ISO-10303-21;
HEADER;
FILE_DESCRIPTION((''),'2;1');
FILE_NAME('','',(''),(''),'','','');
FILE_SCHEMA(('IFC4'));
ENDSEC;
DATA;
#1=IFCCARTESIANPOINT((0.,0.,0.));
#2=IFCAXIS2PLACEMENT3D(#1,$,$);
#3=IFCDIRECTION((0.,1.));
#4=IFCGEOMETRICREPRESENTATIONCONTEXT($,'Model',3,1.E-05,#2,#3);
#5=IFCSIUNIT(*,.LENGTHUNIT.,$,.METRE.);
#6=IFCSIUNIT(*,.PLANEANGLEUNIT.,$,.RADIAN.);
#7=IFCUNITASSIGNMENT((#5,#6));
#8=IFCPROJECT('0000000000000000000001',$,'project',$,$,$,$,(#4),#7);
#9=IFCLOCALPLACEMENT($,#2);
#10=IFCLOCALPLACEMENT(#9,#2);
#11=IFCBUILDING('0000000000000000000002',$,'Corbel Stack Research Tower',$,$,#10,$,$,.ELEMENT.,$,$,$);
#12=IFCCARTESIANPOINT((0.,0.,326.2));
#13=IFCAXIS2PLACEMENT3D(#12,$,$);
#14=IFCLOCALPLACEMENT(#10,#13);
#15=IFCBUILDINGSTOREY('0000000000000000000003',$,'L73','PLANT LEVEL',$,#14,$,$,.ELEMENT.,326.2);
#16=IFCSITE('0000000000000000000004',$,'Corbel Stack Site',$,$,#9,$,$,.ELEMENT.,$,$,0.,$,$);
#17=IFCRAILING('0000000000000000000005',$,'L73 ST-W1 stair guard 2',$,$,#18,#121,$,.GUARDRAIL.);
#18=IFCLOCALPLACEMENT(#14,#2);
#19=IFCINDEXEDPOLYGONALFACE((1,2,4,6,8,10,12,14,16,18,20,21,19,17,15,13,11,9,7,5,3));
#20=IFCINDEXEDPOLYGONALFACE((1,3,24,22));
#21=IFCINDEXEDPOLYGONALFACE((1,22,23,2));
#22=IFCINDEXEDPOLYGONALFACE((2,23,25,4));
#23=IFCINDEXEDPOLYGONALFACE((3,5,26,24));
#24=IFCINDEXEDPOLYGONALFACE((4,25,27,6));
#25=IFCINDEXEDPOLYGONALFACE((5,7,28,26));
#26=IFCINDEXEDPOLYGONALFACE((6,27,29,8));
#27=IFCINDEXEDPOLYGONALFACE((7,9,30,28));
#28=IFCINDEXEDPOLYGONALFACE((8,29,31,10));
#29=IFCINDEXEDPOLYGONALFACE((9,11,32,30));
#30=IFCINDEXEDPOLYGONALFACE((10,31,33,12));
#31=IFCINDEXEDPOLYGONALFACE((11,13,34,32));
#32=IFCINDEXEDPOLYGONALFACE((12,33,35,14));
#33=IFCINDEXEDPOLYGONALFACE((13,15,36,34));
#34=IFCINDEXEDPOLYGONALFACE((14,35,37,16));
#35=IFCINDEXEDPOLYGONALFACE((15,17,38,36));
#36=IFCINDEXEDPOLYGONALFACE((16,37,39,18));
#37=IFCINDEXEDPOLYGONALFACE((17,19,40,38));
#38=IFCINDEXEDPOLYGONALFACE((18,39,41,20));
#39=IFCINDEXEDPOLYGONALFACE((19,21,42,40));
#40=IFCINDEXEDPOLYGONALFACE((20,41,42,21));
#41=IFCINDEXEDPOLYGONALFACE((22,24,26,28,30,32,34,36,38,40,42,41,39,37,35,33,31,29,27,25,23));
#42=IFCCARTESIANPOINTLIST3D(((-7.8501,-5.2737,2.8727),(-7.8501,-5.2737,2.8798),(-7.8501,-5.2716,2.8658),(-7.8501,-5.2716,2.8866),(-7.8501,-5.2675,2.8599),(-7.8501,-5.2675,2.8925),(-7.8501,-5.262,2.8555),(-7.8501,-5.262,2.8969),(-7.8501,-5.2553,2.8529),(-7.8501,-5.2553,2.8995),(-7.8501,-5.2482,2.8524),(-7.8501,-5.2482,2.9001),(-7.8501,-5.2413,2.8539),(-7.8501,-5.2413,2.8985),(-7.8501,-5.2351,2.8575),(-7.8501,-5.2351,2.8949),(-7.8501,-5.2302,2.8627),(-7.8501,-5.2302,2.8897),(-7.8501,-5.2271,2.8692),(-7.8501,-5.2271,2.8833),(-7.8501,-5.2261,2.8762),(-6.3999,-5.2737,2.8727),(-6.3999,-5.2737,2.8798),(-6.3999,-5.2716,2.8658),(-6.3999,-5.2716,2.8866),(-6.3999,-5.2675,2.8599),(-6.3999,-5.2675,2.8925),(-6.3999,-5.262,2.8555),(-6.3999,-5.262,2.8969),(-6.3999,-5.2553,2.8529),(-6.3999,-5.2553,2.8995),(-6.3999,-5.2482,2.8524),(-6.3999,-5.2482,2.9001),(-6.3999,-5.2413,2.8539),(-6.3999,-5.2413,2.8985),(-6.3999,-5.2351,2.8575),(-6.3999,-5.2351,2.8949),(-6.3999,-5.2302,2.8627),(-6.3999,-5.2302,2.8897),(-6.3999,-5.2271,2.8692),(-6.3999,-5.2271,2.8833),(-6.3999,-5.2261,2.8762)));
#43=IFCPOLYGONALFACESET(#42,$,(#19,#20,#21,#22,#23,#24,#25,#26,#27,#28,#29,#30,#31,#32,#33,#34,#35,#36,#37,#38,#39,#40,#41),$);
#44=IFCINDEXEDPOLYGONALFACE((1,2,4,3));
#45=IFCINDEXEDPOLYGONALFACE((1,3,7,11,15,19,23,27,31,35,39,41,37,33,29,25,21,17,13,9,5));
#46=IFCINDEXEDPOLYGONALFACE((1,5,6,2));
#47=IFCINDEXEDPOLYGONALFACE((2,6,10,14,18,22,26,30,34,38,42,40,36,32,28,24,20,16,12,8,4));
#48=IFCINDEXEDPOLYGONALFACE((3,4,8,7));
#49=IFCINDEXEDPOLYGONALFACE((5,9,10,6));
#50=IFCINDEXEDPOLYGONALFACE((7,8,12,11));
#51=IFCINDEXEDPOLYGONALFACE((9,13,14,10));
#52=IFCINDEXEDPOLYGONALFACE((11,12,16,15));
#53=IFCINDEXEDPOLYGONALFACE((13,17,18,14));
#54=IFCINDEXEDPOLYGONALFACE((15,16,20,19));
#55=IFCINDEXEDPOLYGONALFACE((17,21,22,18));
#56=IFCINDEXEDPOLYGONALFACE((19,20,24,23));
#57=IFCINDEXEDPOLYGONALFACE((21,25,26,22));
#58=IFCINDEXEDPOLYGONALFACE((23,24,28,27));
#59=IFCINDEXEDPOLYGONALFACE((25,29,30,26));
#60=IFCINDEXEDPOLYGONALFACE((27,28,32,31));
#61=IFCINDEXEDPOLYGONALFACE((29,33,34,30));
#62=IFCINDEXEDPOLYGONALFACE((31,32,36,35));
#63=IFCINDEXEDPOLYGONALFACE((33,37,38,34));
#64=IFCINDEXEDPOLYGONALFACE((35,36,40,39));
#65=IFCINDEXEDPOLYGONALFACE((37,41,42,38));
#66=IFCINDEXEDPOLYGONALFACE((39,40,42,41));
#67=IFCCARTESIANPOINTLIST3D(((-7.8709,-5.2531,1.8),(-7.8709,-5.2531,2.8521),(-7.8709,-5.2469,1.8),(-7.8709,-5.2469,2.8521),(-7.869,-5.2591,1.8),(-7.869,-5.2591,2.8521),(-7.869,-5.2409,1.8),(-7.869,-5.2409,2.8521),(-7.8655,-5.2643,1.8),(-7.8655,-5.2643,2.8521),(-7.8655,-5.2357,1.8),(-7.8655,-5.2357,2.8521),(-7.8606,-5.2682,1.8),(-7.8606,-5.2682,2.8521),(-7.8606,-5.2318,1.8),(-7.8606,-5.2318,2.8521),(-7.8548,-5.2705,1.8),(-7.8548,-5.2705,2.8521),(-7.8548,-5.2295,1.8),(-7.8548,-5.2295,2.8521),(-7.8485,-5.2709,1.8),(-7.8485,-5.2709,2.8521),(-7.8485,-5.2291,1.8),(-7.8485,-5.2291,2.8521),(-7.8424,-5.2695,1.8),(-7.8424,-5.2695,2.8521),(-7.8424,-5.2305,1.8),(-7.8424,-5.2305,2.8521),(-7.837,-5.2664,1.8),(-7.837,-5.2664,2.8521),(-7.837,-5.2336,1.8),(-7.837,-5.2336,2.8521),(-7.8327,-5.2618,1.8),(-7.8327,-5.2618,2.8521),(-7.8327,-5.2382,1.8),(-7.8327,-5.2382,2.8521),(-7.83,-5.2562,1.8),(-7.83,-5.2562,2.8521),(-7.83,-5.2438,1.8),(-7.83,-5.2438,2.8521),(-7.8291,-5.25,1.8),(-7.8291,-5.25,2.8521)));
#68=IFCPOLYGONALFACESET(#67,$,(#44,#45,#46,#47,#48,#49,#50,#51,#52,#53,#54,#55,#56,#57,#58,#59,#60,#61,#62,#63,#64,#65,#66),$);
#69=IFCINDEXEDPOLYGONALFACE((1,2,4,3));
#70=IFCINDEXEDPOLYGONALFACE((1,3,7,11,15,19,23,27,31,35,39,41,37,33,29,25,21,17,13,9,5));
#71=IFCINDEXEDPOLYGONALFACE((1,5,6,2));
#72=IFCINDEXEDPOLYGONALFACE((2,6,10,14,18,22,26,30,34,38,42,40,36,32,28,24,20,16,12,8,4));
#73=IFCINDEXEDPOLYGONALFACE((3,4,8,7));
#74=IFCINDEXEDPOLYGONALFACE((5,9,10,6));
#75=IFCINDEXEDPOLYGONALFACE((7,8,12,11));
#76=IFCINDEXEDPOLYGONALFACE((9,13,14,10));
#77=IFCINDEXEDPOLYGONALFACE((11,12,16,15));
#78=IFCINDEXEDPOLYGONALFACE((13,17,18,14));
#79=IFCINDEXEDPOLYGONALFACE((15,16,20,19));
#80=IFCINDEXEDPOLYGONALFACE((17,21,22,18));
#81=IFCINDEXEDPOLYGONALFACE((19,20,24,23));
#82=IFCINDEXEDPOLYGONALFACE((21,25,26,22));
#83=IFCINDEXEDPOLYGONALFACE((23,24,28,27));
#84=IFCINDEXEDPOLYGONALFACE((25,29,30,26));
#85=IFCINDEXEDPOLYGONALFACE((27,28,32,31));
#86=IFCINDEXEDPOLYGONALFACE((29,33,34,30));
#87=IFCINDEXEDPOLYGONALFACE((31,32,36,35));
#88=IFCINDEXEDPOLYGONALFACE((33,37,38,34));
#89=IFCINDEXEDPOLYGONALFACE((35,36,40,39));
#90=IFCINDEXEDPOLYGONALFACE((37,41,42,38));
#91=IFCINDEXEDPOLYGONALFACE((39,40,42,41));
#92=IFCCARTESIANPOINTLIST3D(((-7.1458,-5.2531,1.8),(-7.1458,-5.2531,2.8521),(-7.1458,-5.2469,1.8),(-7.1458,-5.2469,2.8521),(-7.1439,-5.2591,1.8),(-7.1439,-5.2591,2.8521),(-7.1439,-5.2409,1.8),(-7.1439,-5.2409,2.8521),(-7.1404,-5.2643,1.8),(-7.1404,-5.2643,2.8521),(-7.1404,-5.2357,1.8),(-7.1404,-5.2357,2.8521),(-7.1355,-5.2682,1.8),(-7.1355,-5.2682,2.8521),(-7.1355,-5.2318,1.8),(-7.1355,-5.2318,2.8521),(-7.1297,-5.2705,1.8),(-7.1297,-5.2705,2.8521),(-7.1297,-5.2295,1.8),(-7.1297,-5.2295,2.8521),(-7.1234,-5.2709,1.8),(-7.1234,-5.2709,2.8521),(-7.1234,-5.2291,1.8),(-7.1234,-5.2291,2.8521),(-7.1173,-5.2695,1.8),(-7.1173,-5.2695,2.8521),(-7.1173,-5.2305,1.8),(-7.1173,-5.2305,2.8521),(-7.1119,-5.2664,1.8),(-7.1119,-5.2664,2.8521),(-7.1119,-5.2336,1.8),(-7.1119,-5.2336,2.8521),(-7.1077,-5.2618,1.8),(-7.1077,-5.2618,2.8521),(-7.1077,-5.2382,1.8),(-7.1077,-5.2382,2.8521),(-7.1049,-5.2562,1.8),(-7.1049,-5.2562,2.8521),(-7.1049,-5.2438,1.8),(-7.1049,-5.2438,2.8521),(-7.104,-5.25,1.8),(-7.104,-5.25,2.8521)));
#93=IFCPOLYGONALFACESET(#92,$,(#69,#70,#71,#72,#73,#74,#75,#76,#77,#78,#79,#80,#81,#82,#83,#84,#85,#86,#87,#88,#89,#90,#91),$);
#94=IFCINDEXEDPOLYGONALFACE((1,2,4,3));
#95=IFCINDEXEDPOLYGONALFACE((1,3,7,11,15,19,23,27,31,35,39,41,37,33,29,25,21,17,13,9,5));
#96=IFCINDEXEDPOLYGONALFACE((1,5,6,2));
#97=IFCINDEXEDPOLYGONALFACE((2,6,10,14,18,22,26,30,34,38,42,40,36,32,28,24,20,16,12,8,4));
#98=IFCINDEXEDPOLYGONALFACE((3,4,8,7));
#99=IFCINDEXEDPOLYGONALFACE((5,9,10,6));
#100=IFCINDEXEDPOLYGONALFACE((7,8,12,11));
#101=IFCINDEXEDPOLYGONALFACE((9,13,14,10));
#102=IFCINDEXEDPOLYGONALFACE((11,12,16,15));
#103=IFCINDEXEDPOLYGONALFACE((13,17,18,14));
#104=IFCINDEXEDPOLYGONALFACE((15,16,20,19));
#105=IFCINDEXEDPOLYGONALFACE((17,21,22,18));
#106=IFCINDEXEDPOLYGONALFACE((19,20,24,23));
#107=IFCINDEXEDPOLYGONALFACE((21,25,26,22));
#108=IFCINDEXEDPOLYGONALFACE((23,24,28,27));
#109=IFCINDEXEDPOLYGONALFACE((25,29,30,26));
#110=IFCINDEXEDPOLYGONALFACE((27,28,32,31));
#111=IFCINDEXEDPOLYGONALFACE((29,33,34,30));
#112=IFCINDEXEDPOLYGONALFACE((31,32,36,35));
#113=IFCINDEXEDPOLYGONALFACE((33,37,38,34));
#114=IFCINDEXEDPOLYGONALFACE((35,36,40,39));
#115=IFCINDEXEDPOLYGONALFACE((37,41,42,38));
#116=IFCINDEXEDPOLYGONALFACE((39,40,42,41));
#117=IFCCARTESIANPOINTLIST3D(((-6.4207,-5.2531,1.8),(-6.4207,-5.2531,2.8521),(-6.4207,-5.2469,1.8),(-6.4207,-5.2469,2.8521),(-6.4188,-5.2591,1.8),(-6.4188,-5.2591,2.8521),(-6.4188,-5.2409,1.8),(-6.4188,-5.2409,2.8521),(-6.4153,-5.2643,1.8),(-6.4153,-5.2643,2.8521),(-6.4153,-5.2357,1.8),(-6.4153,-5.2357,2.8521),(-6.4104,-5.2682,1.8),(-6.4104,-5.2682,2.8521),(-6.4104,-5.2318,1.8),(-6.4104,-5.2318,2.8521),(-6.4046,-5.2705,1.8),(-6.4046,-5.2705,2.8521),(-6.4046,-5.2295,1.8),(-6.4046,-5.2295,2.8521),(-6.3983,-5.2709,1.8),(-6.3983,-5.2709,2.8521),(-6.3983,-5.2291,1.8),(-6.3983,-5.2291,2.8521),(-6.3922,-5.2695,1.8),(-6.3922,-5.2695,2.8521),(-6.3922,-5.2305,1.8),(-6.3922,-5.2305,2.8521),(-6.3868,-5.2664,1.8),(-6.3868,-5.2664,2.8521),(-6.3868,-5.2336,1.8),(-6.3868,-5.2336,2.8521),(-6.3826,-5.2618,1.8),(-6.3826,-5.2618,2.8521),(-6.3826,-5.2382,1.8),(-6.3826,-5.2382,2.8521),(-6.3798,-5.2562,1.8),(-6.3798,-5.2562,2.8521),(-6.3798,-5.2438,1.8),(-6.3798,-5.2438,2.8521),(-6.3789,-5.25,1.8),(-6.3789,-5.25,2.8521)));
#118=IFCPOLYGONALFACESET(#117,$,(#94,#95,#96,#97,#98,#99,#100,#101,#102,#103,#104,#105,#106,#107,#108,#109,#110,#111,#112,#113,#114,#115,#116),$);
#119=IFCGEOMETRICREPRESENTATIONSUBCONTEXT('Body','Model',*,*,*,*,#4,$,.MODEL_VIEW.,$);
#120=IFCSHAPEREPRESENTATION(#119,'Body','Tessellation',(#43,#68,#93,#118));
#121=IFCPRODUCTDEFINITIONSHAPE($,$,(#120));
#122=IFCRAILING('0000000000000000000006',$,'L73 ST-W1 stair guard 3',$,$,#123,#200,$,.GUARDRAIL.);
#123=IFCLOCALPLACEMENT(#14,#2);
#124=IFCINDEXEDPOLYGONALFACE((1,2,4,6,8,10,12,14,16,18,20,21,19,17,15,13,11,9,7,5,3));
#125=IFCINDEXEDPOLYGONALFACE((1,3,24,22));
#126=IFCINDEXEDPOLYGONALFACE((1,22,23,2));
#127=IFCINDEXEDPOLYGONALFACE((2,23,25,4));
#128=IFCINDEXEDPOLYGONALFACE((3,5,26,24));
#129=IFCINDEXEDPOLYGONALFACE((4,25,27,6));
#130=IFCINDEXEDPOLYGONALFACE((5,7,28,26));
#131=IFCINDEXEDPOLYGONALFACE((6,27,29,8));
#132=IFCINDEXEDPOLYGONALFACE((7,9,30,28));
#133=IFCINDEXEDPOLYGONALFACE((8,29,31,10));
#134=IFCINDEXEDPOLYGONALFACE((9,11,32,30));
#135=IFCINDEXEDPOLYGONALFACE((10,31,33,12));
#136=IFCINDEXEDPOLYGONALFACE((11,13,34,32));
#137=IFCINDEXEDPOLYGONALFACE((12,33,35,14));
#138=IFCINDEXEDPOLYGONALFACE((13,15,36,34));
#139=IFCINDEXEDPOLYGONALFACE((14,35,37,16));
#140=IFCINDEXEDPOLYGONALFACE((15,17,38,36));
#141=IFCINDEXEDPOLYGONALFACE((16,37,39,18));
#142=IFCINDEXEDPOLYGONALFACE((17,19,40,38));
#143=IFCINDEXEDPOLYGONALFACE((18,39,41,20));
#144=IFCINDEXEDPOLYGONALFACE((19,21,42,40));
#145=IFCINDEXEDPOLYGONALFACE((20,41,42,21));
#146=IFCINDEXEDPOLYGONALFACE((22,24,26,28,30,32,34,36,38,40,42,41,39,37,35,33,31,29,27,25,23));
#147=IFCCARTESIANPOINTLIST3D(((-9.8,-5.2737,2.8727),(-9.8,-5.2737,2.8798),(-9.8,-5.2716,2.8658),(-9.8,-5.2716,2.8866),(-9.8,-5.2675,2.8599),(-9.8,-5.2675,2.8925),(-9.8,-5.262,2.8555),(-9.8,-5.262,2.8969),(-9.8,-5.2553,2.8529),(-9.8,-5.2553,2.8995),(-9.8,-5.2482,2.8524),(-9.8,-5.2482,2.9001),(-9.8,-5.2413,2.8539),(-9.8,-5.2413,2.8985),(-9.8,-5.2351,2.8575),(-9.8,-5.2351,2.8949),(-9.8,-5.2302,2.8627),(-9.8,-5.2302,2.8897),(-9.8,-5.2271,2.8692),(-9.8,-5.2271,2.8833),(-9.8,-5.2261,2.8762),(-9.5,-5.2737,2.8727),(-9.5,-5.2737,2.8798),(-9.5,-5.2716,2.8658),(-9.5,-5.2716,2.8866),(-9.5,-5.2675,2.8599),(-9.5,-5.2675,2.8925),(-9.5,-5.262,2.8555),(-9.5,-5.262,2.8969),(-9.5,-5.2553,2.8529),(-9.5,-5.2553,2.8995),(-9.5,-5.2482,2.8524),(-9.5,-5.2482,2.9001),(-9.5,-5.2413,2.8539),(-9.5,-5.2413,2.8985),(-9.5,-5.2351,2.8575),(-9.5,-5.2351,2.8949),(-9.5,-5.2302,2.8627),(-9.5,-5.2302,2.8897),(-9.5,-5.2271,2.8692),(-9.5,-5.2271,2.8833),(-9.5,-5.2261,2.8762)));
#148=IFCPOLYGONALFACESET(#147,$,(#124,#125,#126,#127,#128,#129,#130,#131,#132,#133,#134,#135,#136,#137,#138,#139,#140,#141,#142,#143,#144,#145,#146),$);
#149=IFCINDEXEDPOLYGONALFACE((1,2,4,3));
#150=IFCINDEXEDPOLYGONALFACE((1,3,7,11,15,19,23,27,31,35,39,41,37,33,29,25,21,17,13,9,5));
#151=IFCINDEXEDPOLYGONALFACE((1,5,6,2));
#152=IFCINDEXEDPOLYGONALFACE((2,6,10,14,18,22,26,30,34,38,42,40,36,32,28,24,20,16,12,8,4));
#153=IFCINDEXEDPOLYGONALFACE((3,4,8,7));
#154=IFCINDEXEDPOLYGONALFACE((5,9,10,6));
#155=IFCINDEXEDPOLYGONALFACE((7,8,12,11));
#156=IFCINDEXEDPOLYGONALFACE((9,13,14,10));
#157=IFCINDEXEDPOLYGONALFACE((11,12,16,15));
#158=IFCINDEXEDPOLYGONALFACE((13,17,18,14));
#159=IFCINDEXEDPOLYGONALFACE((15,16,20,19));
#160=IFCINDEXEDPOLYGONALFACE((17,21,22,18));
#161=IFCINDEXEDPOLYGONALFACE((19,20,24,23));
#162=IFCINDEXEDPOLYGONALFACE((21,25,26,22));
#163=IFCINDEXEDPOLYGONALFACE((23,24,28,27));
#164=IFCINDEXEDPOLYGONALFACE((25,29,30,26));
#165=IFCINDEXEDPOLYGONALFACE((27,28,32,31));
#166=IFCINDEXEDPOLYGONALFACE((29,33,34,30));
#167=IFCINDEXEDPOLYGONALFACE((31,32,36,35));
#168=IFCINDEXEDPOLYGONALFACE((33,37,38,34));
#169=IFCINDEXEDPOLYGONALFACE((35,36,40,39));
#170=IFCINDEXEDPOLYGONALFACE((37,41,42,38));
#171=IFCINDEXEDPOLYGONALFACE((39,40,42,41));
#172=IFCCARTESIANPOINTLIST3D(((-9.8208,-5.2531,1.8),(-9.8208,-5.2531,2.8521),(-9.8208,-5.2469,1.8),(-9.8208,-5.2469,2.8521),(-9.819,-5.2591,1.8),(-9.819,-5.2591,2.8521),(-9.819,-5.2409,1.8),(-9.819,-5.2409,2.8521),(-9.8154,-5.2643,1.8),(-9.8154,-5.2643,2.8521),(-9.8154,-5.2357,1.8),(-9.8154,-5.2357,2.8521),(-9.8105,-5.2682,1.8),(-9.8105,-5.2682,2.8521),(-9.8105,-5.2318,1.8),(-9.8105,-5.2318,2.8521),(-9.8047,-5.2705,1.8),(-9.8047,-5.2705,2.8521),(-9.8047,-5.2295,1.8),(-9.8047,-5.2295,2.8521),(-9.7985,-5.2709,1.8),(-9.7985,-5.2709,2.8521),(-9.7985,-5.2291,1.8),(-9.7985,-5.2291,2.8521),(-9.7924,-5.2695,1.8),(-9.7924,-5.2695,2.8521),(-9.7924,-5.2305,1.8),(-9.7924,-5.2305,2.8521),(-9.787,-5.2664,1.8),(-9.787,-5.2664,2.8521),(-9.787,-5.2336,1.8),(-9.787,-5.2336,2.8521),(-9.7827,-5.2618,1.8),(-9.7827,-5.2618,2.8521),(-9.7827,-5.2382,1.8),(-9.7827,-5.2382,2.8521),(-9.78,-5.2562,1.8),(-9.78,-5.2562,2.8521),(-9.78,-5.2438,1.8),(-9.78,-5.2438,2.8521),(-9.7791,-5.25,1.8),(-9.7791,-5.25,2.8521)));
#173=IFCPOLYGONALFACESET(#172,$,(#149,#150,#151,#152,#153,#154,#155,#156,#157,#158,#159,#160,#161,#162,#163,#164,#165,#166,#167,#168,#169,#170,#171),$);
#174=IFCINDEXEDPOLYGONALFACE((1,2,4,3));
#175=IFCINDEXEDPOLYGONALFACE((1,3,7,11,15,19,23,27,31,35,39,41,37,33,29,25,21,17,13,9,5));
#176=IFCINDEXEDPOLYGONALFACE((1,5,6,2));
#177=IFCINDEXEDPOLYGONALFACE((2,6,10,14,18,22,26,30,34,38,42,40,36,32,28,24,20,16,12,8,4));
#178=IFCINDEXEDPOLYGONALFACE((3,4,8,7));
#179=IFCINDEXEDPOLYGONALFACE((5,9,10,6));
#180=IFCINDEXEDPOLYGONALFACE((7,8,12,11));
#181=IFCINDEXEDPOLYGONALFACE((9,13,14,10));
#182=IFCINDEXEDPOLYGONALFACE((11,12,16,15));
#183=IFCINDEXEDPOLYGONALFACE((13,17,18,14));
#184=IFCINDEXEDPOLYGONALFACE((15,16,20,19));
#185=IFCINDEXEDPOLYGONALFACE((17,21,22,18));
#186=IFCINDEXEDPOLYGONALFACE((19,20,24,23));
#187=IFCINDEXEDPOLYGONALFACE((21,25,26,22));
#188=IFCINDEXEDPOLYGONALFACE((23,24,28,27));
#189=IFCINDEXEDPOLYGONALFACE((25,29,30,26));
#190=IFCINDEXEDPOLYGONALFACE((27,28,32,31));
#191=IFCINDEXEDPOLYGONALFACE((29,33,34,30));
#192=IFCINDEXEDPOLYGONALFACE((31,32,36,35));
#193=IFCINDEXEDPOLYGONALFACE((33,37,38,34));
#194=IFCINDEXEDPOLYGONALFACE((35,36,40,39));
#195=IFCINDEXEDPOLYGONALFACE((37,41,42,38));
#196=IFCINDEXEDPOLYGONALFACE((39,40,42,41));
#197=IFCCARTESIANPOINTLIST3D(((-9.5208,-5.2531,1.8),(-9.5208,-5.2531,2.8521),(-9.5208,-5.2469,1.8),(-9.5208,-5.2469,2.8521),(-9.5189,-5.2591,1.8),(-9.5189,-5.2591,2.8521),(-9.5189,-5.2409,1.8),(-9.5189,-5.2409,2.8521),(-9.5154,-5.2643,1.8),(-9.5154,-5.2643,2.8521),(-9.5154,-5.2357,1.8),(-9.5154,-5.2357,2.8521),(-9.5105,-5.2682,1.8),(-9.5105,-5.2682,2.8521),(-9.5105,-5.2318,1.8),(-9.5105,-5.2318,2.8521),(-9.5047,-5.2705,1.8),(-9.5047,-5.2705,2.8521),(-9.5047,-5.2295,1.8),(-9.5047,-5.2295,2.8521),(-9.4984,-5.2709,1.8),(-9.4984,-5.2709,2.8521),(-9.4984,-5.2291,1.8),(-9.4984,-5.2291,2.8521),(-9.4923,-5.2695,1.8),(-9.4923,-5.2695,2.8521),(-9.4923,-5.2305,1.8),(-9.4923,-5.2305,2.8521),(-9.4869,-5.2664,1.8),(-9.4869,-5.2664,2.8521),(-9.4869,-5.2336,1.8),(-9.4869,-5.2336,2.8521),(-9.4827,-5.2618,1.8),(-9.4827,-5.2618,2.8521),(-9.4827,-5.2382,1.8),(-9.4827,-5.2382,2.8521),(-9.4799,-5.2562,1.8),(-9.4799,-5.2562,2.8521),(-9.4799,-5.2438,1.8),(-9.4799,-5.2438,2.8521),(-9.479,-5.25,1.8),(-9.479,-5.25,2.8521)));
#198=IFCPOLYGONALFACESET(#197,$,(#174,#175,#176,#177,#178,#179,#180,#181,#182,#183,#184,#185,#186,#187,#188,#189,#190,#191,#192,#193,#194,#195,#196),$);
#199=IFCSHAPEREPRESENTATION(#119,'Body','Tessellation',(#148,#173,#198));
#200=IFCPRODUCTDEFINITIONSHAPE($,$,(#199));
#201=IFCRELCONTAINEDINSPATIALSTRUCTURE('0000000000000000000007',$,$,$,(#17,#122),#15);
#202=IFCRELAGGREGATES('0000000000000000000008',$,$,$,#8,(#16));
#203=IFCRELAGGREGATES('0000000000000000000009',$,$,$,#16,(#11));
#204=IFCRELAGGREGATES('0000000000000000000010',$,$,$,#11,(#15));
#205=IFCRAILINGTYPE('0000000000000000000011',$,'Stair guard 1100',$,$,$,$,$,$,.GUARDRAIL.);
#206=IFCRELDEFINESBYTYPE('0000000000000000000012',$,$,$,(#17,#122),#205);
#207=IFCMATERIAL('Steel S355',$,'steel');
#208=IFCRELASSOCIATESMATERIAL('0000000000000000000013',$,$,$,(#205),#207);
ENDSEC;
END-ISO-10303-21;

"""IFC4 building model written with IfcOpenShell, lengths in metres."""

from ifc_helpers import new_model, si_unit, direction, frame, origin, origin_2d, place, context, subcontext, project, spatial, circle, extrude, material, type_object, element, save


model = new_model("IFC4")

# Units and contexts
model_context = context("Model", 3, precision=1e-05, world=origin(), true_north=direction((0.0, 1.0)))
body_context = subcontext(model_context, "Body", "Model", "MODEL_VIEW")
ifc_project = project(units=[si_unit("LENGTHUNIT", "METRE"), si_unit("PLANEANGLEUNIT", "RADIAN")], contexts=[model_context])

# Site, building, storey
site_placement = place(None, origin())
site = spatial("IfcSite", under=ifc_project, at=site_placement, Name="Corbel Stack Site", CompositionType="ELEMENT", RefElevation=0.0)
building_placement = place(site_placement, origin())
building = spatial("IfcBuilding", under=site, at=building_placement, Name="Corbel Stack Research Tower", CompositionType="ELEMENT")
storey_placement = place(building_placement, frame((0.0, 0.0, 326.2)))
storey = spatial("IfcBuildingStorey", under=building, at=storey_placement, Name="L73", Description="PLANT LEVEL", CompositionType="ELEMENT", Elevation=326.2)

# Railings
ifc_material_1 = material(Name="Steel S355", Category="steel")
railing_type_1 = type_object("IfcRailingType", Name="Stair guard 1100", PredefinedType="GUARDRAIL", material=ifc_material_1)
railing_1_placement = place(storey_placement, frame((-7.8501, -5.25, 1.8)))
element("IfcRailing", 1, at=railing_1_placement, inside=storey, type_object=railing_type_1, Name="L73 ST-W1 stair guard 2", PredefinedType="GUARDRAIL", context=body_context, shape_type="SweptSolid", body=[
    extrude(circle(Radius=0.0239, at=origin_2d()), frame((0.0, 0.0, 1.0762), z_axis=(1.0, 0.0, 0.0), x_axis=(0.0, 1.0, 0.0)), (0.0, 0.0, 1.0), 1.4502),
    extrude(circle(Radius=0.021, at=origin_2d()), origin(), (0.0, 0.0, 1.0), 1.052),
    extrude(circle(Radius=0.021, at=origin_2d()), frame((0.7251, 0.0, 0.0)), (0.0, 0.0, 1.0), 1.052),
    extrude(circle(Radius=0.021, at=origin_2d()), frame((1.4502, 0.0, 0.0)), (0.0, 0.0, 1.0), 1.052),
])
railing_2_placement = place(storey_placement, frame((-9.8, -5.25, 1.8)))
element("IfcRailing", 2, at=railing_2_placement, inside=storey, type_object=railing_type_1, Name="L73 ST-W1 stair guard 3", PredefinedType="GUARDRAIL", context=body_context, shape_type="SweptSolid", body=[
    extrude(circle(Radius=0.0239, at=origin_2d()), frame((0.0, 0.0, 1.0762), z_axis=(1.0, 0.0, 0.0), x_axis=(0.0, 1.0, 0.0)), (0.0, 0.0, 1.0), 0.3),
    extrude(circle(Radius=0.021, at=origin_2d()), origin(), (0.0, 0.0, 1.0), 1.052),
    extrude(circle(Radius=0.021, at=origin_2d()), frame((0.3, 0.0, 0.0)), (0.0, 0.0, 1.0), 1.052),
])

save(model, "model.ifc")
